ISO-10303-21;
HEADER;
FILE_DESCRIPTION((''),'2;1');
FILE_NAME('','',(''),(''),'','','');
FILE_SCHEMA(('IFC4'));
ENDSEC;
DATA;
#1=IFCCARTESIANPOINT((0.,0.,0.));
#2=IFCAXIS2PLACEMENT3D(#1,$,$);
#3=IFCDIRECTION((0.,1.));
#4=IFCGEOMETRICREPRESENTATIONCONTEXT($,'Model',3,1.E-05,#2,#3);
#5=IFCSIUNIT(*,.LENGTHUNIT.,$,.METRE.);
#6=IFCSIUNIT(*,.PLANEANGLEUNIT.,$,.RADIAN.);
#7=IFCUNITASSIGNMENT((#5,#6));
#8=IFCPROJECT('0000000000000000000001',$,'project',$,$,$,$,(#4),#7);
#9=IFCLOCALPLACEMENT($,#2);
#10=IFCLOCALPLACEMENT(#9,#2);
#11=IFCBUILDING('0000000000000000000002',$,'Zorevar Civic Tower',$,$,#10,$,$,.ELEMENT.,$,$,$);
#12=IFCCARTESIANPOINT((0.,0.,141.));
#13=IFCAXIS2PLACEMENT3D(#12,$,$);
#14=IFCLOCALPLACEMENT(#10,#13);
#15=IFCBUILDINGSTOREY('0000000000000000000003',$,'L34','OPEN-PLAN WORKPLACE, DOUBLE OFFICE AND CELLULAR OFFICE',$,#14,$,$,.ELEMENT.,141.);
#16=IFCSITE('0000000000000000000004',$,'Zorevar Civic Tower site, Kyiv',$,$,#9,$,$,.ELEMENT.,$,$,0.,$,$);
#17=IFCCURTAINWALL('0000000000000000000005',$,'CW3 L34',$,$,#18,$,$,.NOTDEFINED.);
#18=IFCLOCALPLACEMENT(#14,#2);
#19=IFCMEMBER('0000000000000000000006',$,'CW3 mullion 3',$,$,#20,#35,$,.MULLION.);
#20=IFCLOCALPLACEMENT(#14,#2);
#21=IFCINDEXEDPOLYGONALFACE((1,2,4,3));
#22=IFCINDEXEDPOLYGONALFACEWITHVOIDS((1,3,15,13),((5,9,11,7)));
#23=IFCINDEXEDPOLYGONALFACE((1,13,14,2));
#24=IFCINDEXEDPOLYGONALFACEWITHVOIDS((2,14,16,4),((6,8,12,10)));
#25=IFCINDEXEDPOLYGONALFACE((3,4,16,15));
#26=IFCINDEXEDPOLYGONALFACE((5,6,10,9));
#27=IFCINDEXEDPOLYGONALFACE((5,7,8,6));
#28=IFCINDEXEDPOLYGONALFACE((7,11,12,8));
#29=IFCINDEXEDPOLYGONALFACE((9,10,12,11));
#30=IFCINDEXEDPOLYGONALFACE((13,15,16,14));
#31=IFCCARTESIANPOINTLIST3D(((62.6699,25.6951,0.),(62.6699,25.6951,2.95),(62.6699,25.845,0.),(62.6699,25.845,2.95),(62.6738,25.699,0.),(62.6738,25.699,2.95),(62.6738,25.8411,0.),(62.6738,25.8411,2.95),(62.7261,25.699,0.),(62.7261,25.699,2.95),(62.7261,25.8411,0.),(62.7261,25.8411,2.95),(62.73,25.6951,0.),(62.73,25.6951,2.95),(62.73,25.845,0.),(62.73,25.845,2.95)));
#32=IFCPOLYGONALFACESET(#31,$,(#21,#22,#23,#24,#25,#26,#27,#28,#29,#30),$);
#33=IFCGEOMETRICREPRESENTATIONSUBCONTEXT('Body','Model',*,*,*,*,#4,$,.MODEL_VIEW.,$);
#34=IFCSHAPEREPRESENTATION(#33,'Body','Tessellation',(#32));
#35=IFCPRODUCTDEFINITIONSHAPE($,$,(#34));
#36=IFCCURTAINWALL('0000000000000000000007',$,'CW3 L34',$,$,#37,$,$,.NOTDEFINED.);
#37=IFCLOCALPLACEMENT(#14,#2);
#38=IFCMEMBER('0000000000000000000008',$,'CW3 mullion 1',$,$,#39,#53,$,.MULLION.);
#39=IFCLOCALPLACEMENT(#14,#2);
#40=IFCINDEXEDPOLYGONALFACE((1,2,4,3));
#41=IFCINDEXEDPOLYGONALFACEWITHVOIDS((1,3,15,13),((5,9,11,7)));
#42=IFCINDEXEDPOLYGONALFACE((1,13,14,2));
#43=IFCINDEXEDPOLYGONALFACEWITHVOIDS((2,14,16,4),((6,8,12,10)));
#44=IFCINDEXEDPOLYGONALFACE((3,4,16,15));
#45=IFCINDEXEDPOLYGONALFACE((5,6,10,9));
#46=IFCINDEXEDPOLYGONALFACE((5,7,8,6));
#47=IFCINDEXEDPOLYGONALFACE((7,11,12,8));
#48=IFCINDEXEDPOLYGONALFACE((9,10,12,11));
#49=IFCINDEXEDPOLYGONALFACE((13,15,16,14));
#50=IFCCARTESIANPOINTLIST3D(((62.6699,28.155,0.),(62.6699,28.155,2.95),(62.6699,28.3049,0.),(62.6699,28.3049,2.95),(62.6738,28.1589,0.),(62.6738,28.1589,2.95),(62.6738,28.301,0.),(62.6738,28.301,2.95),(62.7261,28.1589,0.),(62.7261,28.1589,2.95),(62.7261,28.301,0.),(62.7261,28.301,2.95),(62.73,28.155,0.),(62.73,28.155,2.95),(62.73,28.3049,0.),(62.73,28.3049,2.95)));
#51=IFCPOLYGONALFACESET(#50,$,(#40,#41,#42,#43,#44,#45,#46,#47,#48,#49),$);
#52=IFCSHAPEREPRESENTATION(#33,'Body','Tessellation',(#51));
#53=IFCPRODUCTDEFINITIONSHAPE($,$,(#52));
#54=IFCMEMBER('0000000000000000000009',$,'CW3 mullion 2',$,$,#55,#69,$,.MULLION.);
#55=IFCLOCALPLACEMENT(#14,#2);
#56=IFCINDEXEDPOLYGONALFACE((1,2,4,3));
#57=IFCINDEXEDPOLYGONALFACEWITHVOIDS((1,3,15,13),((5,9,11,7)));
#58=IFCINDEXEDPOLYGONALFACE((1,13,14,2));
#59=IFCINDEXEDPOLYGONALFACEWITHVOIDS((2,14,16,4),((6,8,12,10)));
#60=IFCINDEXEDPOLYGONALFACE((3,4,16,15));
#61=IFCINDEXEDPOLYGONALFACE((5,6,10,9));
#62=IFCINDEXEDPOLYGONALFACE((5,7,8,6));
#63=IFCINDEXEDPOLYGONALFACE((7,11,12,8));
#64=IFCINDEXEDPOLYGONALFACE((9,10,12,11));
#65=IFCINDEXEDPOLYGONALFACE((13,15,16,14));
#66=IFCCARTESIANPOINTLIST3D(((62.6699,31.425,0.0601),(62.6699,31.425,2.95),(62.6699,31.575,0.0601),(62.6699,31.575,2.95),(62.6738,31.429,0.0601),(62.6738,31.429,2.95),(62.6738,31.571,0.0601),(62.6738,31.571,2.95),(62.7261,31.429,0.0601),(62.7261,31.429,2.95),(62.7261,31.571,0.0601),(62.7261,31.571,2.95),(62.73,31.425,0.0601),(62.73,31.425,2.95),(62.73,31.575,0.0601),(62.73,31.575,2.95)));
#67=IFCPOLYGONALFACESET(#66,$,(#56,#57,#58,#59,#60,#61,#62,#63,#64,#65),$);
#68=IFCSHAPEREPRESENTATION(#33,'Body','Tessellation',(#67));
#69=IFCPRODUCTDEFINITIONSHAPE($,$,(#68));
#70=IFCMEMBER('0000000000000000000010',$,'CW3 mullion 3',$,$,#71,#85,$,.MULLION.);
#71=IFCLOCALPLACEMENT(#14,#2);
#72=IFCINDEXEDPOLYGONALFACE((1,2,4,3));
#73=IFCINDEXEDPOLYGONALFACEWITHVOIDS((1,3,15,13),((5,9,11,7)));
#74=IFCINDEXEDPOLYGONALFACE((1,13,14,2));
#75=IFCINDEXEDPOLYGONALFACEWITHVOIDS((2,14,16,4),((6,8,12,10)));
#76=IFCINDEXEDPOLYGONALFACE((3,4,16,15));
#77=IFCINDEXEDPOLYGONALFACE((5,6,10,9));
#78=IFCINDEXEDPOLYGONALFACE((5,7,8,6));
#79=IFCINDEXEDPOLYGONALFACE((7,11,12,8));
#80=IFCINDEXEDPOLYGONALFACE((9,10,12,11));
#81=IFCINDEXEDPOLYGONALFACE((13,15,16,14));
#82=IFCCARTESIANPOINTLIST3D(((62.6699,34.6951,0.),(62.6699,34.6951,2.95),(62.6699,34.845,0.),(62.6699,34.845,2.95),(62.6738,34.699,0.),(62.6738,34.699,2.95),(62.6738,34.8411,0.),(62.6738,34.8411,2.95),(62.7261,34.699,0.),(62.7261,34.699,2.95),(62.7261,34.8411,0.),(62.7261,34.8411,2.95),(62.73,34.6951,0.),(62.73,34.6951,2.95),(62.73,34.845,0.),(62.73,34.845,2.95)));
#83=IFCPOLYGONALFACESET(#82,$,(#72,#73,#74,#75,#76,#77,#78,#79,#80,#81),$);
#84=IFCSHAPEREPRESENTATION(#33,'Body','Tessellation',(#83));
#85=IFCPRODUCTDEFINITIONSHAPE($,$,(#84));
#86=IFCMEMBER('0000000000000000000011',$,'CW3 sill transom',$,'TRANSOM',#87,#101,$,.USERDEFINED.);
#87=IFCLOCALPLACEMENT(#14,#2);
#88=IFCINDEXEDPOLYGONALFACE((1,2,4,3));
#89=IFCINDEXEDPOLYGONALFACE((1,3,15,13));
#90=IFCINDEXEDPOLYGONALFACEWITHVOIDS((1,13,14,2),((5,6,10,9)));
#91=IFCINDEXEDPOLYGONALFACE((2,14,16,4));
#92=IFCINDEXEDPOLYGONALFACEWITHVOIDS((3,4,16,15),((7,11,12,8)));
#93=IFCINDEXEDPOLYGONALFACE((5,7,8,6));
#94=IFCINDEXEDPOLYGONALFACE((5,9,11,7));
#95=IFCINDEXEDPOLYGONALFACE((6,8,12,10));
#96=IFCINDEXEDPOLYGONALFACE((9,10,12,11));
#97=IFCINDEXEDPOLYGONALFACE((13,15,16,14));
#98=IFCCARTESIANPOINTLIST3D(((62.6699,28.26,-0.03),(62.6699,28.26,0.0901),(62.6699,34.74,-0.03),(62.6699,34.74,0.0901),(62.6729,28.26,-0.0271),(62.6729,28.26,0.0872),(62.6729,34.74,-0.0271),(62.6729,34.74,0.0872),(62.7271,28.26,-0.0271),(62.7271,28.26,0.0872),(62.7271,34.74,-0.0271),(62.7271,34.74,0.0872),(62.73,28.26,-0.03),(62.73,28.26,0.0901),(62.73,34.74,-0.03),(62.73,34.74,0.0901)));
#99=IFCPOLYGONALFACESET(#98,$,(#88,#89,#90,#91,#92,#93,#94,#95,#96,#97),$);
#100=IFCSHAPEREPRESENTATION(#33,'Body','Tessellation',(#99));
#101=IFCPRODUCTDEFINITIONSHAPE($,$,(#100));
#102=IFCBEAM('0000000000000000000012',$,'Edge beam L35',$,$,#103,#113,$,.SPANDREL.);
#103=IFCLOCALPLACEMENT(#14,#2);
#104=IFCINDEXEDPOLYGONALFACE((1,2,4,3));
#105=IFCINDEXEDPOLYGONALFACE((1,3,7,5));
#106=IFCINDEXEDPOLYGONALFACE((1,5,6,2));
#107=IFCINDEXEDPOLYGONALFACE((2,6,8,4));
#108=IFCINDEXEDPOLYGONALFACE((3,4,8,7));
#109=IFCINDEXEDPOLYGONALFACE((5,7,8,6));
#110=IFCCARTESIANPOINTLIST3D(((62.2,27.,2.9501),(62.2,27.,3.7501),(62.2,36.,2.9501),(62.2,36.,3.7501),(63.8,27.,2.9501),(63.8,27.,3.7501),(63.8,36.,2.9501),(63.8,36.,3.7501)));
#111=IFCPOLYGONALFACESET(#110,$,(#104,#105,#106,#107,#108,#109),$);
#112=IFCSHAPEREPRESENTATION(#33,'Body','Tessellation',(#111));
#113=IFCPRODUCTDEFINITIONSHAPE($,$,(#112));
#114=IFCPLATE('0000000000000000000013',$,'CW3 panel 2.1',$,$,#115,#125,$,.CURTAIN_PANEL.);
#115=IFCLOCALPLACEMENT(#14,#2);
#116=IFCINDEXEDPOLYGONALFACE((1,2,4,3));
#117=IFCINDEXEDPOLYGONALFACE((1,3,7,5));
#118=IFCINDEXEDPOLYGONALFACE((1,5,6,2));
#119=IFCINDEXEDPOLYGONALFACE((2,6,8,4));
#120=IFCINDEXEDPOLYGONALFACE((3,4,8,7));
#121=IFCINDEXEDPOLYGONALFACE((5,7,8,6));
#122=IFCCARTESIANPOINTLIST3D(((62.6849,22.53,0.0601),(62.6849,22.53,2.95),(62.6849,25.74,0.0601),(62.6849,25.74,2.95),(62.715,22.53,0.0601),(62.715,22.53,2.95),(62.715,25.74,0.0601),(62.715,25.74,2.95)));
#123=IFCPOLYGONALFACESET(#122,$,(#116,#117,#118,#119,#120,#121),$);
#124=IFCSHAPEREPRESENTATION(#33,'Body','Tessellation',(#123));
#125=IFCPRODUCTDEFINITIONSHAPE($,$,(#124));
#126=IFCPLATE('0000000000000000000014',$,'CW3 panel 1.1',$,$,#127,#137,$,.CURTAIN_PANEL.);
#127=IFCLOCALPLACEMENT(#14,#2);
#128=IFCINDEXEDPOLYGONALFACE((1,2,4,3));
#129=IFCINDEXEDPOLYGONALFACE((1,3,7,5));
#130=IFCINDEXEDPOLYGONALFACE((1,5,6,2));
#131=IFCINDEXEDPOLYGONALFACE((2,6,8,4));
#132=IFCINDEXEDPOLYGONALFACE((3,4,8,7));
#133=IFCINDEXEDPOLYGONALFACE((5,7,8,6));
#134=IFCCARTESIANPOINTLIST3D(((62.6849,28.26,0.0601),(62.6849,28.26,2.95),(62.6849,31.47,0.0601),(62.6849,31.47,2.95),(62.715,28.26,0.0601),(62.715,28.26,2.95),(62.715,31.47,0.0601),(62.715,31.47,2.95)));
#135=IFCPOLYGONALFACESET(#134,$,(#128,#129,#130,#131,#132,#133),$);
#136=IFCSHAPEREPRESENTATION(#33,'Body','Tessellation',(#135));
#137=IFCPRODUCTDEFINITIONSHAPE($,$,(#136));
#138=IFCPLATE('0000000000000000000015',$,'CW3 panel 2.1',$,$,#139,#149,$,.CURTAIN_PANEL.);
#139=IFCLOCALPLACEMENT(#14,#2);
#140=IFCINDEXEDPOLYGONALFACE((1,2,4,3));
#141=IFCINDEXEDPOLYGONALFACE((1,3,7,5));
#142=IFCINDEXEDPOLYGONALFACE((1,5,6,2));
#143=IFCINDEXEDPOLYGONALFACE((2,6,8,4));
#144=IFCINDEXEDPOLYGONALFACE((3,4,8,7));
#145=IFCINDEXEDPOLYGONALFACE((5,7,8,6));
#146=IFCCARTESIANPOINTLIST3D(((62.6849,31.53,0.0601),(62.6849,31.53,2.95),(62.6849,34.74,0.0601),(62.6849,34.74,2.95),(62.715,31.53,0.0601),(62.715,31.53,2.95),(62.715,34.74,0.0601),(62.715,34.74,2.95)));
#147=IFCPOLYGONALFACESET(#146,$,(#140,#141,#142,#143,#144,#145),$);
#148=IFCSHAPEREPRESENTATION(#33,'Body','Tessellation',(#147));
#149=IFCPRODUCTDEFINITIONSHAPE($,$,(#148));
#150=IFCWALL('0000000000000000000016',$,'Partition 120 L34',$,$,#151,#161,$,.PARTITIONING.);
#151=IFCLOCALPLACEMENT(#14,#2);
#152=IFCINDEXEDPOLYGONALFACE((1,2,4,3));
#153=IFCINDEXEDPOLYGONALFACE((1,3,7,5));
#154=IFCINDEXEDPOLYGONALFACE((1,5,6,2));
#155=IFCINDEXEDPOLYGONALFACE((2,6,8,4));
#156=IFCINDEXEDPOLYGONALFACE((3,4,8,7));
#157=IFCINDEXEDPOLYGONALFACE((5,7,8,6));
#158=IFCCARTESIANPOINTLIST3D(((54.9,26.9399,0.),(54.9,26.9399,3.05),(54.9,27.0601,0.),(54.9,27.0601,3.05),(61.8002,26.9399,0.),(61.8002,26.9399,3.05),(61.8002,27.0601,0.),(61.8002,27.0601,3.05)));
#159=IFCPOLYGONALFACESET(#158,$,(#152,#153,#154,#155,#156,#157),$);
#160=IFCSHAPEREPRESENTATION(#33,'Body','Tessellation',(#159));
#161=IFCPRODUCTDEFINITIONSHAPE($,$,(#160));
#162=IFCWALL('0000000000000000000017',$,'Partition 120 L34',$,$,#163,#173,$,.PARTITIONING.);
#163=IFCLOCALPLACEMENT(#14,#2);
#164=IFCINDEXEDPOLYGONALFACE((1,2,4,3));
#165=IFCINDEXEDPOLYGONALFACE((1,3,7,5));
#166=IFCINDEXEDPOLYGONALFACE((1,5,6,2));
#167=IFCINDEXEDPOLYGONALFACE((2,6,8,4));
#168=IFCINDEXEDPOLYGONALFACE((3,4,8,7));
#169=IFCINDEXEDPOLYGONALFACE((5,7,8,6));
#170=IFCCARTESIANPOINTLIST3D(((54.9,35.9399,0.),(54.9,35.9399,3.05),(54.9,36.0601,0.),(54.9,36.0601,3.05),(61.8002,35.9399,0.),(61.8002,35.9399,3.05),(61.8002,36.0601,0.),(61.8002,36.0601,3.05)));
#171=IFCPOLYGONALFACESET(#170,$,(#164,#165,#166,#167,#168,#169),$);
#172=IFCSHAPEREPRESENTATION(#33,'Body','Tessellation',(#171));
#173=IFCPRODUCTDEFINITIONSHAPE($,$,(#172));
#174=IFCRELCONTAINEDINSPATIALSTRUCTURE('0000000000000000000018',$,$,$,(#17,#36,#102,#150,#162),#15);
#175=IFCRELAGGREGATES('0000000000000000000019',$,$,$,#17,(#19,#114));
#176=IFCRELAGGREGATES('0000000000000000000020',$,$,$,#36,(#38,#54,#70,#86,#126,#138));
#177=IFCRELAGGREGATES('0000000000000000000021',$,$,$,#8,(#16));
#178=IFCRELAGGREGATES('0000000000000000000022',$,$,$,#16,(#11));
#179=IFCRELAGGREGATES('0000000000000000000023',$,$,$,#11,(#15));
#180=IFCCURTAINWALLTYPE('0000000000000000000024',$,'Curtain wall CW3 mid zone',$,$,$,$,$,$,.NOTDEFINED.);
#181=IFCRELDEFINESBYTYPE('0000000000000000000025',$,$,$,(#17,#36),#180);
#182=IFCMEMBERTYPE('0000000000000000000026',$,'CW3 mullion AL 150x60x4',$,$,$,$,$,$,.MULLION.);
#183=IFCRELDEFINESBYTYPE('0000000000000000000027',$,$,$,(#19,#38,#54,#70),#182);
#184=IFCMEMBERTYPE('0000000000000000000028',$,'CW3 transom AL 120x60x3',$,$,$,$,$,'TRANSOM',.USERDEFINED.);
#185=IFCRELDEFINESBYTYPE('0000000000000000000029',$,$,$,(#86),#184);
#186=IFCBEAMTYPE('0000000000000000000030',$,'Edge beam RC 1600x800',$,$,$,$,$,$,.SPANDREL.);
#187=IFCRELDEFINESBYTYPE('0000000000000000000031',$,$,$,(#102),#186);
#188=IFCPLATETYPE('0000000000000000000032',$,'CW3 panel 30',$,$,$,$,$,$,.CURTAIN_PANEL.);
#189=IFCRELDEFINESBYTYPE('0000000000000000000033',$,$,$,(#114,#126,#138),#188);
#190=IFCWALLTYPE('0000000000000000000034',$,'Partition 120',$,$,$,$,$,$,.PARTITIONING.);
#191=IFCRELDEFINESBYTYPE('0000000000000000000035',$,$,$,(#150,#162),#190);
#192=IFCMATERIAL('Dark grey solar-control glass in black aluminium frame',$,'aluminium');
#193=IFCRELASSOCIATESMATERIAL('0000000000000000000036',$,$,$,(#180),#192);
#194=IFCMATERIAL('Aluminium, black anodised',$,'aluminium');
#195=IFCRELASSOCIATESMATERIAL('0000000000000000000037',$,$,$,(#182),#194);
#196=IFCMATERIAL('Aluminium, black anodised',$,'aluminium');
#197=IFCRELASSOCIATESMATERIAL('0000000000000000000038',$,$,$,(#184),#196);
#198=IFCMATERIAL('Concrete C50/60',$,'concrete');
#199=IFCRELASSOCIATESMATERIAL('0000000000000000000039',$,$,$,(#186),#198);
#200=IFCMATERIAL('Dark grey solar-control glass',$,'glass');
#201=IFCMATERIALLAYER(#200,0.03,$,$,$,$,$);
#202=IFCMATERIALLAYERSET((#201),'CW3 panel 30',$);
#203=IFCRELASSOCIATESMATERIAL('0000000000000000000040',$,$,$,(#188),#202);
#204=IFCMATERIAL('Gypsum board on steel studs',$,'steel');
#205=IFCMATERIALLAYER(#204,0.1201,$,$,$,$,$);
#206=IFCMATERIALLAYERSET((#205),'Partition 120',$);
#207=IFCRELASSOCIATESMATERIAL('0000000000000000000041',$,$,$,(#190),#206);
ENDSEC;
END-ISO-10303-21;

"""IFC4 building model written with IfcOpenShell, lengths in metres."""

from ifc_helpers import new_model, si_unit, direction, frame, frame_2d, origin, origin_2d, place, context, subcontext, project, spatial, rectangle, hollow_rectangle, extrude, material, layer, layer_set, material_profile, profile_set, type_object, element, aggregate, save


model = new_model("IFC4")

# Units and contexts
model_context = context("Model", 3, precision=1e-05, world=origin(), true_north=direction((0.0, 1.0)))
body_context = subcontext(model_context, "Body", "Model", "MODEL_VIEW")
ifc_project = project(units=[si_unit("LENGTHUNIT", "METRE"), si_unit("PLANEANGLEUNIT", "RADIAN")], contexts=[model_context])

# Site, building, storey
site_placement = place(None, origin())
site = spatial("IfcSite", under=ifc_project, at=site_placement, Name="Zorevar Civic Tower site, Kyiv", CompositionType="ELEMENT", RefElevation=0.0)
building_placement = place(site_placement, origin())
building = spatial("IfcBuilding", under=site, at=building_placement, Name="Zorevar Civic Tower", CompositionType="ELEMENT")
storey_placement = place(building_placement, frame((0.0, 0.0, 141.0)))
storey = spatial("IfcBuildingStorey", under=building, at=storey_placement, Name="L34", Description="OPEN-PLAN WORKPLACE, DOUBLE OFFICE AND CELLULAR OFFICE", CompositionType="ELEMENT", Elevation=141.0)

# Curtain walls, members
ifc_material_1 = material(Name="Dark grey solar-control glass in black aluminium frame", Category="aluminium")
curtain_wall_type = type_object("IfcCurtainWallType", Name="Curtain wall CW3 mid zone", PredefinedType="NOTDEFINED", material=ifc_material_1)
curtain_wall_1_placement = place(storey_placement, origin())
curtain_wall_1 = element("IfcCurtainWall", 1, at=curtain_wall_1_placement, inside=storey, type_object=curtain_wall_type, Name="CW3 L34", PredefinedType="NOTDEFINED")
ifc_material_2 = material(Name="Aluminium, black anodised", Category="aluminium")
ifc_material_profile_1 = material_profile(ifc_material_2, hollow_rectangle(XDim=0.0601, YDim=0.1499, WallThickness=0.0039, at=origin_2d()), Name="AL 150x60x4")
ifc_profile_set_1 = profile_set([ifc_material_profile_1], Name="Aluminium, black anodised")
member_type_1 = type_object("IfcMemberType", Name="CW3 mullion AL 150x60x4", PredefinedType="MULLION", material=ifc_profile_set_1)
member_1_placement = place(storey_placement, frame((62.7, 25.77, 0.0), z_axis=(0.0, 0.0, 1.0), x_axis=(-1.0, 0.0, 0.0)))
member_1 = element("IfcMember", 2, at=member_1_placement, type_object=member_type_1, Name="CW3 mullion 3", PredefinedType="MULLION", context=body_context, shape_type="SweptSolid", body=[
    extrude(hollow_rectangle(XDim=0.0601, YDim=0.1499, WallThickness=0.0039, at=origin_2d()), origin(), (0.0, 0.0, 1.0), 2.95),
])
curtain_wall_2_placement = place(storey_placement, origin())
curtain_wall_2 = element("IfcCurtainWall", 3, at=curtain_wall_2_placement, inside=storey, type_object=curtain_wall_type, Name="CW3 L34", PredefinedType="NOTDEFINED")
member_2_placement = place(storey_placement, frame((62.7, 28.23, 0.0), z_axis=(0.0, 0.0, 1.0), x_axis=(-1.0, 0.0, 0.0)))
member_2 = element("IfcMember", 4, at=member_2_placement, type_object=member_type_1, Name="CW3 mullion 1", PredefinedType="MULLION", context=body_context, shape_type="SweptSolid", body=[
    extrude(hollow_rectangle(XDim=0.0601, YDim=0.1499, WallThickness=0.0039, at=origin_2d()), origin(), (0.0, 0.0, 1.0), 2.95),
])
member_3_placement = place(storey_placement, frame((62.7, 31.5, 0.0601), z_axis=(0.0, 0.0, 1.0), x_axis=(-1.0, 0.0, 0.0)))
member_3 = element("IfcMember", 5, at=member_3_placement, type_object=member_type_1, Name="CW3 mullion 2", PredefinedType="MULLION", context=body_context, shape_type="SweptSolid", body=[
    extrude(hollow_rectangle(XDim=0.0601, YDim=0.1499, WallThickness=0.0039, at=origin_2d()), origin(), (0.0, 0.0, 1.0), 2.8899),
])
member_4_placement = place(storey_placement, frame((62.7, 34.77, 0.0), z_axis=(0.0, 0.0, 1.0), x_axis=(-1.0, 0.0, 0.0)))
member_4 = element("IfcMember", 6, at=member_4_placement, type_object=member_type_1, Name="CW3 mullion 3", PredefinedType="MULLION", context=body_context, shape_type="SweptSolid", body=[
    extrude(hollow_rectangle(XDim=0.0601, YDim=0.1499, WallThickness=0.0039, at=origin_2d()), origin(), (0.0, 0.0, 1.0), 2.95),
])
ifc_material_3 = material(Name="Aluminium, black anodised", Category="aluminium")
ifc_material_profile_2 = material_profile(ifc_material_3, hollow_rectangle(XDim=0.0601, YDim=0.1201, WallThickness=0.0029, at=origin_2d()), Name="AL 120x60x3")
ifc_profile_set_2 = profile_set([ifc_material_profile_2], Name="Aluminium, black anodised")
member_type_2 = type_object("IfcMemberType", Name="CW3 transom AL 120x60x3", ElementType="TRANSOM", PredefinedType="USERDEFINED", material=ifc_profile_set_2)
member_5_placement = place(storey_placement, frame((62.7, 28.26, 0.03), z_axis=(0.0, 1.0, 0.0), x_axis=(-1.0, 0.0, 0.0)))
member_5 = element("IfcMember", 7, at=member_5_placement, type_object=member_type_2, Name="CW3 sill transom", ObjectType="TRANSOM", PredefinedType="USERDEFINED", context=body_context, shape_type="SweptSolid", body=[
    extrude(hollow_rectangle(XDim=0.0601, YDim=0.1201, WallThickness=0.0029, at=origin_2d()), origin(), (0.0, 0.0, 1.0), 6.48),
])

# Beam
ifc_material_4 = material(Name="Concrete C50/60", Category="concrete")
ifc_material_profile_3 = material_profile(ifc_material_4, rectangle(XDim=1.6001, YDim=0.8, at=origin_2d()), Name="RC 1600x800")
ifc_profile_set_3 = profile_set([ifc_material_profile_3], Name="Concrete C50/60")
beam_type_1 = type_object("IfcBeamType", Name="Edge beam RC 1600x800", PredefinedType="SPANDREL", material=ifc_profile_set_3)
beam_1_placement = place(storey_placement, frame((63.0, 27.0, 3.3501), z_axis=(0.0, 1.0, 0.0), x_axis=(-1.0, 0.0, 0.0)))
element("IfcBeam", 8, at=beam_1_placement, inside=storey, type_object=beam_type_1, Name="Edge beam L35", PredefinedType="SPANDREL", context=body_context, shape_type="SweptSolid", body=[
    extrude(rectangle(XDim=1.6001, YDim=0.8, at=origin_2d()), origin(), (0.0, 0.0, 1.0), 9.0),
])

# Plates
ifc_material_5 = material(Name="Dark grey solar-control glass", Category="glass")
ifc_layer_1 = layer(ifc_material_5, 0.03)
ifc_layer_set_1 = layer_set([ifc_layer_1], Name="CW3 panel 30")
plate_type = type_object("IfcPlateType", Name="CW3 panel 30", PredefinedType="CURTAIN_PANEL", material=ifc_layer_set_1)
plate_1_placement = place(storey_placement, frame((62.7, 24.135, 0.0601), z_axis=(0.0, 0.0, 1.0), x_axis=(0.0, 1.0, 0.0)))
plate_1 = element("IfcPlate", 9, at=plate_1_placement, type_object=plate_type, Name="CW3 panel 2.1", PredefinedType="CURTAIN_PANEL", context=body_context, shape_type="SweptSolid", body=[
    extrude(rectangle(XDim=3.21, YDim=0.03, at=origin_2d()), origin(), (0.0, 0.0, 1.0), 2.8899),
])
aggregate(curtain_wall_1, [member_1, plate_1])
plate_2_placement = place(storey_placement, frame((62.7, 29.865, 0.0601), z_axis=(0.0, 0.0, 1.0), x_axis=(0.0, 1.0, 0.0)))
plate_2 = element("IfcPlate", 10, at=plate_2_placement, type_object=plate_type, Name="CW3 panel 1.1", PredefinedType="CURTAIN_PANEL", context=body_context, shape_type="SweptSolid", body=[
    extrude(rectangle(XDim=3.21, YDim=0.03, at=origin_2d()), origin(), (0.0, 0.0, 1.0), 2.8899),
])
plate_3_placement = place(storey_placement, frame((62.7, 33.135, 0.0601), z_axis=(0.0, 0.0, 1.0), x_axis=(0.0, 1.0, 0.0)))
plate_3 = element("IfcPlate", 11, at=plate_3_placement, type_object=plate_type, Name="CW3 panel 2.1", PredefinedType="CURTAIN_PANEL", context=body_context, shape_type="SweptSolid", body=[
    extrude(rectangle(XDim=3.21, YDim=0.03, at=origin_2d()), origin(), (0.0, 0.0, 1.0), 2.8899),
])
aggregate(curtain_wall_2, [member_2, member_3, member_4, member_5, plate_2, plate_3])

# Walls
ifc_material_6 = material(Name="Gypsum board on steel studs", Category="steel")
ifc_layer_2 = layer(ifc_material_6, 0.1201)
ifc_layer_set_2 = layer_set([ifc_layer_2], Name="Partition 120")
wall_type_1 = type_object("IfcWallType", Name="Partition 120", PredefinedType="PARTITIONING", material=ifc_layer_set_2)
for number, where, z_axis, x_axis, name in (
    (12, (54.8999, 27.0, 0.0), (0.0, 0.0, 1.0), (1.0, 0.0, 0.0), "Partition 120 L34"),
    (13, (54.8999, 36.0, 0.0), (0.0, 0.0, 1.0), (1.0, 0.0, 0.0), "Partition 120 L34"),
):
    element("IfcWall", number, at=place(storey_placement, frame(where, z_axis=z_axis, x_axis=x_axis)), inside=storey, type_object=wall_type_1, Name=name, PredefinedType="PARTITIONING", context=body_context, shape_type="SweptSolid", body=[
        extrude(rectangle(XDim=6.9001, YDim=0.1201, at=frame_2d((3.4502, 0.0))), origin(), (0.0, 0.0, 1.0), 3.05),
    ])

save(model, "model.ifc")
